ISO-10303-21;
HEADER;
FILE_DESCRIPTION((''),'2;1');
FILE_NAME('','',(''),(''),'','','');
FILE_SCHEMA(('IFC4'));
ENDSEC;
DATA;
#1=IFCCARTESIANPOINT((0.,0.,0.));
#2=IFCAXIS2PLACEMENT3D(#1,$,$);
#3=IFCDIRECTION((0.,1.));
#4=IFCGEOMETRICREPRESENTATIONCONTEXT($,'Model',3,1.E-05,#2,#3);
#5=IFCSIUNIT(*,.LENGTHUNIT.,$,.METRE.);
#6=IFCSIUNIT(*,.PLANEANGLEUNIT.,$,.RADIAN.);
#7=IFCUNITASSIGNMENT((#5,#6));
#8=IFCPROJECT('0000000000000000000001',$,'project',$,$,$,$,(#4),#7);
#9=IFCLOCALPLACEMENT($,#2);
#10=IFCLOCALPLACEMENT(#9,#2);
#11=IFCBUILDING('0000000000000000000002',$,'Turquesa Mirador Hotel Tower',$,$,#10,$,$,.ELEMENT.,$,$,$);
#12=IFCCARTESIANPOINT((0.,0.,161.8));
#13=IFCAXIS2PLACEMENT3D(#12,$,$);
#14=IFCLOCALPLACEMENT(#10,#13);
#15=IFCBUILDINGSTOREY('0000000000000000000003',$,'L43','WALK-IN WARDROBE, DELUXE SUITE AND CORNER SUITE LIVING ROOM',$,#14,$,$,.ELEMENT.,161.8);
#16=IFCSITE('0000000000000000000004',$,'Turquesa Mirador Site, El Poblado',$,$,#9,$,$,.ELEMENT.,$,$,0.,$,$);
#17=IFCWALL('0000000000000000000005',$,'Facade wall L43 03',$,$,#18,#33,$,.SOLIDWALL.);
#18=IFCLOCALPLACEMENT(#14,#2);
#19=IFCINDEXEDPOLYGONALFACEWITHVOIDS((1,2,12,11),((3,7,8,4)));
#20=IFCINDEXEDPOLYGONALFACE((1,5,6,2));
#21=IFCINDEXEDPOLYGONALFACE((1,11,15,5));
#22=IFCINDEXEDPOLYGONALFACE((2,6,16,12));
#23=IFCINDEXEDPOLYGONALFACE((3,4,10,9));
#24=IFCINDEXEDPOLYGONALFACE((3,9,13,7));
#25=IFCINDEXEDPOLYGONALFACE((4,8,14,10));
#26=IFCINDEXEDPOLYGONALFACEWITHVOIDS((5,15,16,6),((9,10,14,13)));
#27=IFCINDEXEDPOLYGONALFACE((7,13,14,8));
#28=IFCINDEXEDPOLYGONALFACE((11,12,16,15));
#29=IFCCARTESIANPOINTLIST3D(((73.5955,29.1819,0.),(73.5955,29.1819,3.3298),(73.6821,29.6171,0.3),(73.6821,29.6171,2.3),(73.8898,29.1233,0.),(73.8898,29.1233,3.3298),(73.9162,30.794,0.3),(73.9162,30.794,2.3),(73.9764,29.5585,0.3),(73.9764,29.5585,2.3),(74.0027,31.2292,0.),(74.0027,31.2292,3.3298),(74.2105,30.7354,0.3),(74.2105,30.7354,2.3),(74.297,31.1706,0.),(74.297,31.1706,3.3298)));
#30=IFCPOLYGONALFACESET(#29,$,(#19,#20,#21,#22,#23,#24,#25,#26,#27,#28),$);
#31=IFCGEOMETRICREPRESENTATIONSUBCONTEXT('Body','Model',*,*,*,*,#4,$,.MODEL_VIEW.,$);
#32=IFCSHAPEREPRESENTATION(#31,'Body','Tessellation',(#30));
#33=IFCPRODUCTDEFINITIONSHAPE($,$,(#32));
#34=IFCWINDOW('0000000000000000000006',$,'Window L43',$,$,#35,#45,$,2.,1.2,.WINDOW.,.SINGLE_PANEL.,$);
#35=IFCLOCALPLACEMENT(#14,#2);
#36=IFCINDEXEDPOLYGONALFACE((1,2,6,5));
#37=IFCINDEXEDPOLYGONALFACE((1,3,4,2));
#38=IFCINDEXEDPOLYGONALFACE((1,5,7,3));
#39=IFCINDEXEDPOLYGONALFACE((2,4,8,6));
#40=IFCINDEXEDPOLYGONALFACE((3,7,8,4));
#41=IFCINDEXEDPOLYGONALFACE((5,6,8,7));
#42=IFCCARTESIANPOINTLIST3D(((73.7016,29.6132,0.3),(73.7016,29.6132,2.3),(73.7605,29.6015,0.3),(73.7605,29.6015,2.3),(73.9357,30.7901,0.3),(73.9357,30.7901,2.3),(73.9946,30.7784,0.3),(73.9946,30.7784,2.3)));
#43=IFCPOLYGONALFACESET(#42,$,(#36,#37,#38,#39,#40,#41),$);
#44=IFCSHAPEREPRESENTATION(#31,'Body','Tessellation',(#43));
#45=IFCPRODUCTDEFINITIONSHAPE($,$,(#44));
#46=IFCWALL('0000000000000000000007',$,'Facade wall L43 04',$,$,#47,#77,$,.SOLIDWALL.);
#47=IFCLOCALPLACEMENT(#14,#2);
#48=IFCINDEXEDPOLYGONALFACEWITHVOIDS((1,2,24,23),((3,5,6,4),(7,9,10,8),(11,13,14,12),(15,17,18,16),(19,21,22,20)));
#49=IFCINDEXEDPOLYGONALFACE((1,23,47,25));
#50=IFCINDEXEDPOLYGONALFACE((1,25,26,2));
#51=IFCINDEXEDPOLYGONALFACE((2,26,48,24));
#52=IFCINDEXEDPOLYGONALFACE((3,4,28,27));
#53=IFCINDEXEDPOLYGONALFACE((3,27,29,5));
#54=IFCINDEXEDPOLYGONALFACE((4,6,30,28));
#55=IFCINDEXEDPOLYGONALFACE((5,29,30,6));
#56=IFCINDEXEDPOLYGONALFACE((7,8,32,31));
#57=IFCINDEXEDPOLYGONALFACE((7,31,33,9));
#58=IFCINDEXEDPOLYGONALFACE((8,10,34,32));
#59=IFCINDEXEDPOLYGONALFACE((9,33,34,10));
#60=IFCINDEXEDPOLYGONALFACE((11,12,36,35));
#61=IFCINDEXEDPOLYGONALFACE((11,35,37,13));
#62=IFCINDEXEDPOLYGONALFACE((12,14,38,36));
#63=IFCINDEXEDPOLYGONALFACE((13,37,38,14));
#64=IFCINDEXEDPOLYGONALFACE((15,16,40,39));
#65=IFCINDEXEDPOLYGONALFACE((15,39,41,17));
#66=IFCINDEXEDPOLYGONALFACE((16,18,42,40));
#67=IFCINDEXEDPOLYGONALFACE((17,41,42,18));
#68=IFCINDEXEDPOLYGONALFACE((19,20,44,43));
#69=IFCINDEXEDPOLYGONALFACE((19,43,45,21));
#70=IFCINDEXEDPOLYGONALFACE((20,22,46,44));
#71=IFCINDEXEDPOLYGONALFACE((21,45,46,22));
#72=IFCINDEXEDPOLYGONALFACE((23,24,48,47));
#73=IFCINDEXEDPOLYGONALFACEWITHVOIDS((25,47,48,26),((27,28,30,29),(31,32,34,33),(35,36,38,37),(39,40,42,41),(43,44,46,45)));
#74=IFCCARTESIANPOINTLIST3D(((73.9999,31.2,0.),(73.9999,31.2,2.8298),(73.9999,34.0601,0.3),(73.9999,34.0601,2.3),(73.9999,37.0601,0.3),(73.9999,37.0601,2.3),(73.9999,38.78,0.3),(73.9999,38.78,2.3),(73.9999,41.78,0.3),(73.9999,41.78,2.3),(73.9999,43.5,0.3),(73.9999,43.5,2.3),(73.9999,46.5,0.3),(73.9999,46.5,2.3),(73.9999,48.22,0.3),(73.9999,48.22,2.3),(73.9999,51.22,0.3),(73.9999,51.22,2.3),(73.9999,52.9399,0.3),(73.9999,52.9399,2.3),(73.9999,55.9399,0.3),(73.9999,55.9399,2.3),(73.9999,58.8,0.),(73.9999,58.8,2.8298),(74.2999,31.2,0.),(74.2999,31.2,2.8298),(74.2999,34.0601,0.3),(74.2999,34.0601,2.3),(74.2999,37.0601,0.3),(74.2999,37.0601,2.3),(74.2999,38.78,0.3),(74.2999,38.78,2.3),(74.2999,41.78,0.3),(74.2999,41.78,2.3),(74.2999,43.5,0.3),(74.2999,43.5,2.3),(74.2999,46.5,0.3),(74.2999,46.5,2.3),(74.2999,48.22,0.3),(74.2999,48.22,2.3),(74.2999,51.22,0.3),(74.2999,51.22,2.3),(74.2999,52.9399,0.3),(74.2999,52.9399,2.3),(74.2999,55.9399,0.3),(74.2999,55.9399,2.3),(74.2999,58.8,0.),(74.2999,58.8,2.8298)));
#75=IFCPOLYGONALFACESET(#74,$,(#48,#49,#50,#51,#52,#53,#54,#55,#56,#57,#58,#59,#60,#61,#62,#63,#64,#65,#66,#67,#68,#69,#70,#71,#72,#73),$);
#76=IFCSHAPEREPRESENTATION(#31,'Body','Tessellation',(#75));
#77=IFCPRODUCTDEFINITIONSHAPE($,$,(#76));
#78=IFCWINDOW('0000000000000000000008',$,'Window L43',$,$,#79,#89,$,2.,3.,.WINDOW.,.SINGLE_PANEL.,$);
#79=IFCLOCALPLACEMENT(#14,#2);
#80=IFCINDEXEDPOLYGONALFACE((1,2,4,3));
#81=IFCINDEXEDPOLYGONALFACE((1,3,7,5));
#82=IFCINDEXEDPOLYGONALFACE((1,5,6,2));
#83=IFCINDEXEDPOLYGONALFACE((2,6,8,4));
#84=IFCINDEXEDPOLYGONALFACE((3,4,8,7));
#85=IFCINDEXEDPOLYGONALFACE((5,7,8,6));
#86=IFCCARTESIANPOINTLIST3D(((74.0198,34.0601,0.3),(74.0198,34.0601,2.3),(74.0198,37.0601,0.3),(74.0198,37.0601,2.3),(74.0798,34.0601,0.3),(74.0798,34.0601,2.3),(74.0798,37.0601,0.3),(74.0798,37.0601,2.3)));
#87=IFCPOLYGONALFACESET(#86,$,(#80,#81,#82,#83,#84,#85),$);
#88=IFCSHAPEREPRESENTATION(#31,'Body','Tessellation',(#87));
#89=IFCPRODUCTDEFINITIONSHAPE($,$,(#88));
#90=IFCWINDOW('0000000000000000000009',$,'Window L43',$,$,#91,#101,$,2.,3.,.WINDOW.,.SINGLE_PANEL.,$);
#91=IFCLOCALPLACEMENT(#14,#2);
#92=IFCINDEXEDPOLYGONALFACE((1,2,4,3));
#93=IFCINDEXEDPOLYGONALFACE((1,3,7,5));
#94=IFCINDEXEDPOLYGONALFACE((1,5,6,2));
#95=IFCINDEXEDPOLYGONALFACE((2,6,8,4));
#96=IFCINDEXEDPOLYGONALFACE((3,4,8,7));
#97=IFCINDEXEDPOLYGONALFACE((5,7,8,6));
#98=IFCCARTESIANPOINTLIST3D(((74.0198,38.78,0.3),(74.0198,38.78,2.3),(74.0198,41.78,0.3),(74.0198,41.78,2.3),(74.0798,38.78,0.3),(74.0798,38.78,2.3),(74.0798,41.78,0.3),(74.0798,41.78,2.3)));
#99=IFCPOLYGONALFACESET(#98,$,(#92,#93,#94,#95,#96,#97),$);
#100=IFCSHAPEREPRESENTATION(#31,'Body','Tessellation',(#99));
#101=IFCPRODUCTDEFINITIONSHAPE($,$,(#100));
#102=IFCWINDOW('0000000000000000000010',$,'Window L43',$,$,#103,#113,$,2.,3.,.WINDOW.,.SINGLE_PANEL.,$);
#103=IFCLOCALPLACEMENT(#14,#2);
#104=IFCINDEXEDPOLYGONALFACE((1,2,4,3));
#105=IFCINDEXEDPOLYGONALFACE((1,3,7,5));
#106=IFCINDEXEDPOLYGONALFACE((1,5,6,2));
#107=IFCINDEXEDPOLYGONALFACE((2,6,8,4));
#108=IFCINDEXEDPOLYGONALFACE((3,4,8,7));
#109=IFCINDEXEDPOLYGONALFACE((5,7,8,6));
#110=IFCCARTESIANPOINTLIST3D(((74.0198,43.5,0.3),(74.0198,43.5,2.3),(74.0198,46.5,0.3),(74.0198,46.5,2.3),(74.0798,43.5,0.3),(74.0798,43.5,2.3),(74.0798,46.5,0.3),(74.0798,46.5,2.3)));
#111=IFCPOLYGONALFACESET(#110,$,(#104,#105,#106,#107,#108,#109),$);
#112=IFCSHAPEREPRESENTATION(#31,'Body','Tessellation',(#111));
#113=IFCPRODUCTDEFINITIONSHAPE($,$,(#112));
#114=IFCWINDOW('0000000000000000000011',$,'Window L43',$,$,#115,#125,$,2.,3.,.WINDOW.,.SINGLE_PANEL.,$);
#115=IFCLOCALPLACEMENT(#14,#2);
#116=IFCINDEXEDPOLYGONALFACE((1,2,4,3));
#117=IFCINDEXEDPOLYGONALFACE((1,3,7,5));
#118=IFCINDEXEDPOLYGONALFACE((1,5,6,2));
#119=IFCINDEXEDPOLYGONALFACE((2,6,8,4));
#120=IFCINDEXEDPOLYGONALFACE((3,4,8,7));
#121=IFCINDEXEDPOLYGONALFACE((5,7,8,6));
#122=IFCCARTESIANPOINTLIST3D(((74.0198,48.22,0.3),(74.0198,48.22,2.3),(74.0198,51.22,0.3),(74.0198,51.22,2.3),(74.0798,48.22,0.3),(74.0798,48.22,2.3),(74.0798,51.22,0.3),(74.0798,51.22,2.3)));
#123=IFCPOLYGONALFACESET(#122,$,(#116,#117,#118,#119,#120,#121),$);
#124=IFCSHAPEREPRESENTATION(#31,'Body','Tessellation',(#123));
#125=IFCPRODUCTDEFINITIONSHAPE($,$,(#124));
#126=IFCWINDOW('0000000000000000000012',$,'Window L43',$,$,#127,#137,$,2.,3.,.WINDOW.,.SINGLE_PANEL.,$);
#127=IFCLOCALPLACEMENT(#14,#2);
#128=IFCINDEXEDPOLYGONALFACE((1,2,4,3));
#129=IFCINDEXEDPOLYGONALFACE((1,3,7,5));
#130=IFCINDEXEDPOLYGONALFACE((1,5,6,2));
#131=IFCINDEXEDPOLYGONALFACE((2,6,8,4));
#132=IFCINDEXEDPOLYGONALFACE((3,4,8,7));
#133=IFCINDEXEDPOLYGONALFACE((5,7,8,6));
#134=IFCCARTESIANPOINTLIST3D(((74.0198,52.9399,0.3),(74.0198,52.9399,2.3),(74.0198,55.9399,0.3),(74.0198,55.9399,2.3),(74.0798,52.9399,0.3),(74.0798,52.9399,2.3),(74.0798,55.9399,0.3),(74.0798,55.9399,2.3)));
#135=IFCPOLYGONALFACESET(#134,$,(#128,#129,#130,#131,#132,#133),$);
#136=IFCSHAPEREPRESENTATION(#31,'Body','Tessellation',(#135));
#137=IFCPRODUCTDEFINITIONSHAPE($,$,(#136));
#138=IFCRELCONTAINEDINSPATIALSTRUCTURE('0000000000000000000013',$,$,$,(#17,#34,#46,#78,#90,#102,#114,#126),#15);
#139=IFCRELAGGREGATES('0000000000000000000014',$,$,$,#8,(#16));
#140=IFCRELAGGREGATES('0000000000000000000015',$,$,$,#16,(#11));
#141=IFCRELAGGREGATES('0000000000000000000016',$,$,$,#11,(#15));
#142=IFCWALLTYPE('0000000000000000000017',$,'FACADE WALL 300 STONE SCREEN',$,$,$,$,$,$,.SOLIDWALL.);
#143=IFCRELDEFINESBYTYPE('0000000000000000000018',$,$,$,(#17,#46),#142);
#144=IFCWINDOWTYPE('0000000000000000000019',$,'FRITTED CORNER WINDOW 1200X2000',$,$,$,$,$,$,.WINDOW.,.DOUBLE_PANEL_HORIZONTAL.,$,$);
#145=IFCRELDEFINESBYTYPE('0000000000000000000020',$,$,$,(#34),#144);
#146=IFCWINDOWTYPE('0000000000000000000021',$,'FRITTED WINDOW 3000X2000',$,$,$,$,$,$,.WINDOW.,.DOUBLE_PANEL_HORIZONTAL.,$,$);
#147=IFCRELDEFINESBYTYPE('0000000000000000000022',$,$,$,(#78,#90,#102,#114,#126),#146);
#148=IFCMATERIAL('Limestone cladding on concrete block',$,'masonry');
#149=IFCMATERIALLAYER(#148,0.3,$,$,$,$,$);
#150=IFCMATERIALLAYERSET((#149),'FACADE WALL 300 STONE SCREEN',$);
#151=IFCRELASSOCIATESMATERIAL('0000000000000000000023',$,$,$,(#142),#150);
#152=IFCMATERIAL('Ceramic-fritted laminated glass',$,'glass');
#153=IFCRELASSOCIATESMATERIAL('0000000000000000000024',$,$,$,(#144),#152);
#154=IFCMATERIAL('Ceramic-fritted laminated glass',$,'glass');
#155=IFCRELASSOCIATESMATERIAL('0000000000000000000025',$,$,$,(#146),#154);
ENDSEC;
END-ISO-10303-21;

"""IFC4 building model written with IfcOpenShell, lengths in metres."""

from ifc_helpers import new_model, si_unit, direction, frame, frame_2d, origin, place, context, subcontext, project, spatial, rectangle, extrude, material, layer, layer_set, type_object, element, fill, save


model = new_model("IFC4")

# Units and contexts
model_context = context("Model", 3, precision=1e-05, world=origin(), true_north=direction((0.0, 1.0)))
body_context = subcontext(model_context, "Body", "Model", "MODEL_VIEW")
ifc_project = project(units=[si_unit("LENGTHUNIT", "METRE"), si_unit("PLANEANGLEUNIT", "RADIAN")], contexts=[model_context])

# Site, building, storey
site_placement = place(None, origin())
site = spatial("IfcSite", under=ifc_project, at=site_placement, Name="Turquesa Mirador Site, El Poblado", CompositionType="ELEMENT", RefElevation=0.0)
building_placement = place(site_placement, origin())
building = spatial("IfcBuilding", under=site, at=building_placement, Name="Turquesa Mirador Hotel Tower", CompositionType="ELEMENT")
storey_placement = place(building_placement, frame((0.0, 0.0, 161.8)))
storey = spatial("IfcBuildingStorey", under=building, at=storey_placement, Name="L43", Description="WALK-IN WARDROBE, DELUXE SUITE AND CORNER SUITE LIVING ROOM", CompositionType="ELEMENT", Elevation=161.8)

# Wall, opening, window
ifc_material_1 = material(Name="Limestone cladding on concrete block", Category="masonry")
ifc_layer_1 = layer(ifc_material_1, 0.3)
ifc_layer_set_1 = layer_set([ifc_layer_1], Name="FACADE WALL 300 STONE SCREEN")
wall_type_1 = type_object("IfcWallType", Name="FACADE WALL 300 STONE SCREEN", PredefinedType="SOLIDWALL", material=ifc_layer_set_1)
ifc_material_2 = material(Name="Ceramic-fritted laminated glass", Category="glass")
window_type_1 = type_object("IfcWindowType", Name="FRITTED CORNER WINDOW 1200X2000", PartitioningType="DOUBLE_PANEL_HORIZONTAL", PredefinedType="WINDOW", material=ifc_material_2)
wall_1_placement = place(storey_placement, frame((73.7427, 29.1526, 0.0), z_axis=(0.0, 0.0, 1.0), x_axis=(0.195081, 0.980787, 0.0)))
wall_1 = element("IfcWall", 1, at=wall_1_placement, inside=storey, type_object=wall_type_1, Name="Facade wall L43 03", PredefinedType="SOLIDWALL", context=body_context, shape_type="SweptSolid", body=[
    extrude(rectangle(XDim=2.0874, YDim=0.3, at=frame_2d((1.0437, 0.0))), origin(), (0.0, 0.0, 1.0), 3.3298),
])
opening_1_placement = place(wall_1_placement, frame((0.4436, 0.0, 0.3)))
opening_1 = element("IfcOpeningElement", 2, at=opening_1_placement, cuts=wall_1, PredefinedType="OPENING", context=body_context, shape_type="SweptSolid", body=[
    extrude(rectangle(XDim=1.2, YDim=2.0, at=frame_2d((0.6001, 1.0))), frame((0.0, 0.1599, 0.0), z_axis=(0.0, -1.0, 0.0), x_axis=(1.0, 0.0, 0.0)), (0.0, 0.0, 1.0), 0.3201),
])
window_1_placement = place(opening_1_placement, origin())
window_1 = element("IfcWindow", 3, at=window_1_placement, inside=storey, type_object=window_type_1, Name="Window L43", OverallHeight=2.0, OverallWidth=1.2, PartitioningType="SINGLE_PANEL", PredefinedType="WINDOW", context=body_context, shape_type="SweptSolid", body=[
    extrude(rectangle(XDim=1.2, YDim=2.0, at=frame_2d((0.6001, 1.0))), frame((0.0, 0.1301, 0.0), z_axis=(0.0, -1.0, 0.0), x_axis=(1.0, 0.0, 0.0)), (0.0, 0.0, 1.0), 0.0601),
])
fill(opening_1, window_1)

# Wall, openings, windows
wall_2_placement = place(storey_placement, frame((74.1499, 31.2, 0.0), z_axis=(0.0, 0.0, 1.0), x_axis=(0.0, 1.0, 0.0)))
wall_2 = element("IfcWall", 4, at=wall_2_placement, inside=storey, type_object=wall_type_1, Name="Facade wall L43 04", PredefinedType="SOLIDWALL", context=body_context, shape_type="SweptSolid", body=[
    extrude(rectangle(XDim=27.6001, YDim=0.3, at=frame_2d((13.8, 0.0))), origin(), (0.0, 0.0, 1.0), 2.8298),
])
opening_2_placement = place(wall_2_placement, frame((2.8601, 0.0, 0.3)))
opening_2 = element("IfcOpeningElement", 5, at=opening_2_placement, cuts=wall_2, PredefinedType="OPENING", context=body_context, shape_type="SweptSolid", body=[
    extrude(rectangle(XDim=3.0, YDim=2.0, at=frame_2d((1.5, 1.0))), frame((0.0, 0.1599, 0.0), z_axis=(0.0, -1.0, 0.0), x_axis=(1.0, 0.0, 0.0)), (0.0, 0.0, 1.0), 0.3201),
])
opening_3_placement = place(wall_2_placement, frame((7.5801, 0.0, 0.3)))
opening_3 = element("IfcOpeningElement", 6, at=opening_3_placement, cuts=wall_2, PredefinedType="OPENING", context=body_context, shape_type="SweptSolid", body=[
    extrude(rectangle(XDim=3.0, YDim=2.0, at=frame_2d((1.5, 1.0))), frame((0.0, 0.1599, 0.0), z_axis=(0.0, -1.0, 0.0), x_axis=(1.0, 0.0, 0.0)), (0.0, 0.0, 1.0), 0.3201),
])
opening_4_placement = place(wall_2_placement, frame((12.3, 0.0, 0.3)))
opening_4 = element("IfcOpeningElement", 7, at=opening_4_placement, cuts=wall_2, PredefinedType="OPENING", context=body_context, shape_type="SweptSolid", body=[
    extrude(rectangle(XDim=3.0, YDim=2.0, at=frame_2d((1.5, 1.0))), frame((0.0, 0.1599, 0.0), z_axis=(0.0, -1.0, 0.0), x_axis=(1.0, 0.0, 0.0)), (0.0, 0.0, 1.0), 0.3201),
])
opening_5_placement = place(wall_2_placement, frame((17.02, 0.0, 0.3)))
opening_5 = element("IfcOpeningElement", 8, at=opening_5_placement, cuts=wall_2, PredefinedType="OPENING", context=body_context, shape_type="SweptSolid", body=[
    extrude(rectangle(XDim=3.0, YDim=2.0, at=frame_2d((1.5, 1.0))), frame((0.0, 0.1599, 0.0), z_axis=(0.0, -1.0, 0.0), x_axis=(1.0, 0.0, 0.0)), (0.0, 0.0, 1.0), 0.3201),
])
opening_6_placement = place(wall_2_placement, frame((21.74, 0.0, 0.3)))
opening_6 = element("IfcOpeningElement", 9, at=opening_6_placement, cuts=wall_2, PredefinedType="OPENING", context=body_context, shape_type="SweptSolid", body=[
    extrude(rectangle(XDim=3.0, YDim=2.0, at=frame_2d((1.5, 1.0))), frame((0.0, 0.1599, 0.0), z_axis=(0.0, -1.0, 0.0), x_axis=(1.0, 0.0, 0.0)), (0.0, 0.0, 1.0), 0.3201),
])
ifc_material_3 = material(Name="Ceramic-fritted laminated glass", Category="glass")
window_type_2 = type_object("IfcWindowType", Name="FRITTED WINDOW 3000X2000", PartitioningType="DOUBLE_PANEL_HORIZONTAL", PredefinedType="WINDOW", material=ifc_material_3)
window_2_placement = place(opening_2_placement, origin())
window_2 = element("IfcWindow", 10, at=window_2_placement, inside=storey, type_object=window_type_2, Name="Window L43", OverallHeight=2.0, OverallWidth=3.0, PartitioningType="SINGLE_PANEL", PredefinedType="WINDOW", context=body_context, shape_type="SweptSolid", body=[
    extrude(rectangle(XDim=3.0, YDim=2.0, at=frame_2d((1.5, 1.0))), frame((0.0, 0.1301, 0.0), z_axis=(0.0, -1.0, 0.0), x_axis=(1.0, 0.0, 0.0)), (0.0, 0.0, 1.0), 0.0601),
])
fill(opening_2, window_2)
window_3_placement = place(opening_3_placement, origin())
window_3 = element("IfcWindow", 11, at=window_3_placement, inside=storey, type_object=window_type_2, Name="Window L43", OverallHeight=2.0, OverallWidth=3.0, PartitioningType="SINGLE_PANEL", PredefinedType="WINDOW", context=body_context, shape_type="SweptSolid", body=[
    extrude(rectangle(XDim=3.0, YDim=2.0, at=frame_2d((1.5, 1.0))), frame((0.0, 0.1301, 0.0), z_axis=(0.0, -1.0, 0.0), x_axis=(1.0, 0.0, 0.0)), (0.0, 0.0, 1.0), 0.0601),
])
fill(opening_3, window_3)
window_4_placement = place(opening_4_placement, origin())
window_4 = element("IfcWindow", 12, at=window_4_placement, inside=storey, type_object=window_type_2, Name="Window L43", OverallHeight=2.0, OverallWidth=3.0, PartitioningType="SINGLE_PANEL", PredefinedType="WINDOW", context=body_context, shape_type="SweptSolid", body=[
    extrude(rectangle(XDim=3.0, YDim=2.0, at=frame_2d((1.5, 1.0))), frame((0.0, 0.1301, 0.0), z_axis=(0.0, -1.0, 0.0), x_axis=(1.0, 0.0, 0.0)), (0.0, 0.0, 1.0), 0.0601),
])
fill(opening_4, window_4)
window_5_placement = place(opening_5_placement, origin())
window_5 = element("IfcWindow", 13, at=window_5_placement, inside=storey, type_object=window_type_2, Name="Window L43", OverallHeight=2.0, OverallWidth=3.0, PartitioningType="SINGLE_PANEL", PredefinedType="WINDOW", context=body_context, shape_type="SweptSolid", body=[
    extrude(rectangle(XDim=3.0, YDim=2.0, at=frame_2d((1.5, 1.0))), frame((0.0, 0.1301, 0.0), z_axis=(0.0, -1.0, 0.0), x_axis=(1.0, 0.0, 0.0)), (0.0, 0.0, 1.0), 0.0601),
])
fill(opening_5, window_5)
window_6_placement = place(opening_6_placement, origin())
window_6 = element("IfcWindow", 14, at=window_6_placement, inside=storey, type_object=window_type_2, Name="Window L43", OverallHeight=2.0, OverallWidth=3.0, PartitioningType="SINGLE_PANEL", PredefinedType="WINDOW", context=body_context, shape_type="SweptSolid", body=[
    extrude(rectangle(XDim=3.0, YDim=2.0, at=frame_2d((1.5, 1.0))), frame((0.0, 0.1301, 0.0), z_axis=(0.0, -1.0, 0.0), x_axis=(1.0, 0.0, 0.0)), (0.0, 0.0, 1.0), 0.0601),
])
fill(opening_6, window_6)

save(model, "model.ifc")
